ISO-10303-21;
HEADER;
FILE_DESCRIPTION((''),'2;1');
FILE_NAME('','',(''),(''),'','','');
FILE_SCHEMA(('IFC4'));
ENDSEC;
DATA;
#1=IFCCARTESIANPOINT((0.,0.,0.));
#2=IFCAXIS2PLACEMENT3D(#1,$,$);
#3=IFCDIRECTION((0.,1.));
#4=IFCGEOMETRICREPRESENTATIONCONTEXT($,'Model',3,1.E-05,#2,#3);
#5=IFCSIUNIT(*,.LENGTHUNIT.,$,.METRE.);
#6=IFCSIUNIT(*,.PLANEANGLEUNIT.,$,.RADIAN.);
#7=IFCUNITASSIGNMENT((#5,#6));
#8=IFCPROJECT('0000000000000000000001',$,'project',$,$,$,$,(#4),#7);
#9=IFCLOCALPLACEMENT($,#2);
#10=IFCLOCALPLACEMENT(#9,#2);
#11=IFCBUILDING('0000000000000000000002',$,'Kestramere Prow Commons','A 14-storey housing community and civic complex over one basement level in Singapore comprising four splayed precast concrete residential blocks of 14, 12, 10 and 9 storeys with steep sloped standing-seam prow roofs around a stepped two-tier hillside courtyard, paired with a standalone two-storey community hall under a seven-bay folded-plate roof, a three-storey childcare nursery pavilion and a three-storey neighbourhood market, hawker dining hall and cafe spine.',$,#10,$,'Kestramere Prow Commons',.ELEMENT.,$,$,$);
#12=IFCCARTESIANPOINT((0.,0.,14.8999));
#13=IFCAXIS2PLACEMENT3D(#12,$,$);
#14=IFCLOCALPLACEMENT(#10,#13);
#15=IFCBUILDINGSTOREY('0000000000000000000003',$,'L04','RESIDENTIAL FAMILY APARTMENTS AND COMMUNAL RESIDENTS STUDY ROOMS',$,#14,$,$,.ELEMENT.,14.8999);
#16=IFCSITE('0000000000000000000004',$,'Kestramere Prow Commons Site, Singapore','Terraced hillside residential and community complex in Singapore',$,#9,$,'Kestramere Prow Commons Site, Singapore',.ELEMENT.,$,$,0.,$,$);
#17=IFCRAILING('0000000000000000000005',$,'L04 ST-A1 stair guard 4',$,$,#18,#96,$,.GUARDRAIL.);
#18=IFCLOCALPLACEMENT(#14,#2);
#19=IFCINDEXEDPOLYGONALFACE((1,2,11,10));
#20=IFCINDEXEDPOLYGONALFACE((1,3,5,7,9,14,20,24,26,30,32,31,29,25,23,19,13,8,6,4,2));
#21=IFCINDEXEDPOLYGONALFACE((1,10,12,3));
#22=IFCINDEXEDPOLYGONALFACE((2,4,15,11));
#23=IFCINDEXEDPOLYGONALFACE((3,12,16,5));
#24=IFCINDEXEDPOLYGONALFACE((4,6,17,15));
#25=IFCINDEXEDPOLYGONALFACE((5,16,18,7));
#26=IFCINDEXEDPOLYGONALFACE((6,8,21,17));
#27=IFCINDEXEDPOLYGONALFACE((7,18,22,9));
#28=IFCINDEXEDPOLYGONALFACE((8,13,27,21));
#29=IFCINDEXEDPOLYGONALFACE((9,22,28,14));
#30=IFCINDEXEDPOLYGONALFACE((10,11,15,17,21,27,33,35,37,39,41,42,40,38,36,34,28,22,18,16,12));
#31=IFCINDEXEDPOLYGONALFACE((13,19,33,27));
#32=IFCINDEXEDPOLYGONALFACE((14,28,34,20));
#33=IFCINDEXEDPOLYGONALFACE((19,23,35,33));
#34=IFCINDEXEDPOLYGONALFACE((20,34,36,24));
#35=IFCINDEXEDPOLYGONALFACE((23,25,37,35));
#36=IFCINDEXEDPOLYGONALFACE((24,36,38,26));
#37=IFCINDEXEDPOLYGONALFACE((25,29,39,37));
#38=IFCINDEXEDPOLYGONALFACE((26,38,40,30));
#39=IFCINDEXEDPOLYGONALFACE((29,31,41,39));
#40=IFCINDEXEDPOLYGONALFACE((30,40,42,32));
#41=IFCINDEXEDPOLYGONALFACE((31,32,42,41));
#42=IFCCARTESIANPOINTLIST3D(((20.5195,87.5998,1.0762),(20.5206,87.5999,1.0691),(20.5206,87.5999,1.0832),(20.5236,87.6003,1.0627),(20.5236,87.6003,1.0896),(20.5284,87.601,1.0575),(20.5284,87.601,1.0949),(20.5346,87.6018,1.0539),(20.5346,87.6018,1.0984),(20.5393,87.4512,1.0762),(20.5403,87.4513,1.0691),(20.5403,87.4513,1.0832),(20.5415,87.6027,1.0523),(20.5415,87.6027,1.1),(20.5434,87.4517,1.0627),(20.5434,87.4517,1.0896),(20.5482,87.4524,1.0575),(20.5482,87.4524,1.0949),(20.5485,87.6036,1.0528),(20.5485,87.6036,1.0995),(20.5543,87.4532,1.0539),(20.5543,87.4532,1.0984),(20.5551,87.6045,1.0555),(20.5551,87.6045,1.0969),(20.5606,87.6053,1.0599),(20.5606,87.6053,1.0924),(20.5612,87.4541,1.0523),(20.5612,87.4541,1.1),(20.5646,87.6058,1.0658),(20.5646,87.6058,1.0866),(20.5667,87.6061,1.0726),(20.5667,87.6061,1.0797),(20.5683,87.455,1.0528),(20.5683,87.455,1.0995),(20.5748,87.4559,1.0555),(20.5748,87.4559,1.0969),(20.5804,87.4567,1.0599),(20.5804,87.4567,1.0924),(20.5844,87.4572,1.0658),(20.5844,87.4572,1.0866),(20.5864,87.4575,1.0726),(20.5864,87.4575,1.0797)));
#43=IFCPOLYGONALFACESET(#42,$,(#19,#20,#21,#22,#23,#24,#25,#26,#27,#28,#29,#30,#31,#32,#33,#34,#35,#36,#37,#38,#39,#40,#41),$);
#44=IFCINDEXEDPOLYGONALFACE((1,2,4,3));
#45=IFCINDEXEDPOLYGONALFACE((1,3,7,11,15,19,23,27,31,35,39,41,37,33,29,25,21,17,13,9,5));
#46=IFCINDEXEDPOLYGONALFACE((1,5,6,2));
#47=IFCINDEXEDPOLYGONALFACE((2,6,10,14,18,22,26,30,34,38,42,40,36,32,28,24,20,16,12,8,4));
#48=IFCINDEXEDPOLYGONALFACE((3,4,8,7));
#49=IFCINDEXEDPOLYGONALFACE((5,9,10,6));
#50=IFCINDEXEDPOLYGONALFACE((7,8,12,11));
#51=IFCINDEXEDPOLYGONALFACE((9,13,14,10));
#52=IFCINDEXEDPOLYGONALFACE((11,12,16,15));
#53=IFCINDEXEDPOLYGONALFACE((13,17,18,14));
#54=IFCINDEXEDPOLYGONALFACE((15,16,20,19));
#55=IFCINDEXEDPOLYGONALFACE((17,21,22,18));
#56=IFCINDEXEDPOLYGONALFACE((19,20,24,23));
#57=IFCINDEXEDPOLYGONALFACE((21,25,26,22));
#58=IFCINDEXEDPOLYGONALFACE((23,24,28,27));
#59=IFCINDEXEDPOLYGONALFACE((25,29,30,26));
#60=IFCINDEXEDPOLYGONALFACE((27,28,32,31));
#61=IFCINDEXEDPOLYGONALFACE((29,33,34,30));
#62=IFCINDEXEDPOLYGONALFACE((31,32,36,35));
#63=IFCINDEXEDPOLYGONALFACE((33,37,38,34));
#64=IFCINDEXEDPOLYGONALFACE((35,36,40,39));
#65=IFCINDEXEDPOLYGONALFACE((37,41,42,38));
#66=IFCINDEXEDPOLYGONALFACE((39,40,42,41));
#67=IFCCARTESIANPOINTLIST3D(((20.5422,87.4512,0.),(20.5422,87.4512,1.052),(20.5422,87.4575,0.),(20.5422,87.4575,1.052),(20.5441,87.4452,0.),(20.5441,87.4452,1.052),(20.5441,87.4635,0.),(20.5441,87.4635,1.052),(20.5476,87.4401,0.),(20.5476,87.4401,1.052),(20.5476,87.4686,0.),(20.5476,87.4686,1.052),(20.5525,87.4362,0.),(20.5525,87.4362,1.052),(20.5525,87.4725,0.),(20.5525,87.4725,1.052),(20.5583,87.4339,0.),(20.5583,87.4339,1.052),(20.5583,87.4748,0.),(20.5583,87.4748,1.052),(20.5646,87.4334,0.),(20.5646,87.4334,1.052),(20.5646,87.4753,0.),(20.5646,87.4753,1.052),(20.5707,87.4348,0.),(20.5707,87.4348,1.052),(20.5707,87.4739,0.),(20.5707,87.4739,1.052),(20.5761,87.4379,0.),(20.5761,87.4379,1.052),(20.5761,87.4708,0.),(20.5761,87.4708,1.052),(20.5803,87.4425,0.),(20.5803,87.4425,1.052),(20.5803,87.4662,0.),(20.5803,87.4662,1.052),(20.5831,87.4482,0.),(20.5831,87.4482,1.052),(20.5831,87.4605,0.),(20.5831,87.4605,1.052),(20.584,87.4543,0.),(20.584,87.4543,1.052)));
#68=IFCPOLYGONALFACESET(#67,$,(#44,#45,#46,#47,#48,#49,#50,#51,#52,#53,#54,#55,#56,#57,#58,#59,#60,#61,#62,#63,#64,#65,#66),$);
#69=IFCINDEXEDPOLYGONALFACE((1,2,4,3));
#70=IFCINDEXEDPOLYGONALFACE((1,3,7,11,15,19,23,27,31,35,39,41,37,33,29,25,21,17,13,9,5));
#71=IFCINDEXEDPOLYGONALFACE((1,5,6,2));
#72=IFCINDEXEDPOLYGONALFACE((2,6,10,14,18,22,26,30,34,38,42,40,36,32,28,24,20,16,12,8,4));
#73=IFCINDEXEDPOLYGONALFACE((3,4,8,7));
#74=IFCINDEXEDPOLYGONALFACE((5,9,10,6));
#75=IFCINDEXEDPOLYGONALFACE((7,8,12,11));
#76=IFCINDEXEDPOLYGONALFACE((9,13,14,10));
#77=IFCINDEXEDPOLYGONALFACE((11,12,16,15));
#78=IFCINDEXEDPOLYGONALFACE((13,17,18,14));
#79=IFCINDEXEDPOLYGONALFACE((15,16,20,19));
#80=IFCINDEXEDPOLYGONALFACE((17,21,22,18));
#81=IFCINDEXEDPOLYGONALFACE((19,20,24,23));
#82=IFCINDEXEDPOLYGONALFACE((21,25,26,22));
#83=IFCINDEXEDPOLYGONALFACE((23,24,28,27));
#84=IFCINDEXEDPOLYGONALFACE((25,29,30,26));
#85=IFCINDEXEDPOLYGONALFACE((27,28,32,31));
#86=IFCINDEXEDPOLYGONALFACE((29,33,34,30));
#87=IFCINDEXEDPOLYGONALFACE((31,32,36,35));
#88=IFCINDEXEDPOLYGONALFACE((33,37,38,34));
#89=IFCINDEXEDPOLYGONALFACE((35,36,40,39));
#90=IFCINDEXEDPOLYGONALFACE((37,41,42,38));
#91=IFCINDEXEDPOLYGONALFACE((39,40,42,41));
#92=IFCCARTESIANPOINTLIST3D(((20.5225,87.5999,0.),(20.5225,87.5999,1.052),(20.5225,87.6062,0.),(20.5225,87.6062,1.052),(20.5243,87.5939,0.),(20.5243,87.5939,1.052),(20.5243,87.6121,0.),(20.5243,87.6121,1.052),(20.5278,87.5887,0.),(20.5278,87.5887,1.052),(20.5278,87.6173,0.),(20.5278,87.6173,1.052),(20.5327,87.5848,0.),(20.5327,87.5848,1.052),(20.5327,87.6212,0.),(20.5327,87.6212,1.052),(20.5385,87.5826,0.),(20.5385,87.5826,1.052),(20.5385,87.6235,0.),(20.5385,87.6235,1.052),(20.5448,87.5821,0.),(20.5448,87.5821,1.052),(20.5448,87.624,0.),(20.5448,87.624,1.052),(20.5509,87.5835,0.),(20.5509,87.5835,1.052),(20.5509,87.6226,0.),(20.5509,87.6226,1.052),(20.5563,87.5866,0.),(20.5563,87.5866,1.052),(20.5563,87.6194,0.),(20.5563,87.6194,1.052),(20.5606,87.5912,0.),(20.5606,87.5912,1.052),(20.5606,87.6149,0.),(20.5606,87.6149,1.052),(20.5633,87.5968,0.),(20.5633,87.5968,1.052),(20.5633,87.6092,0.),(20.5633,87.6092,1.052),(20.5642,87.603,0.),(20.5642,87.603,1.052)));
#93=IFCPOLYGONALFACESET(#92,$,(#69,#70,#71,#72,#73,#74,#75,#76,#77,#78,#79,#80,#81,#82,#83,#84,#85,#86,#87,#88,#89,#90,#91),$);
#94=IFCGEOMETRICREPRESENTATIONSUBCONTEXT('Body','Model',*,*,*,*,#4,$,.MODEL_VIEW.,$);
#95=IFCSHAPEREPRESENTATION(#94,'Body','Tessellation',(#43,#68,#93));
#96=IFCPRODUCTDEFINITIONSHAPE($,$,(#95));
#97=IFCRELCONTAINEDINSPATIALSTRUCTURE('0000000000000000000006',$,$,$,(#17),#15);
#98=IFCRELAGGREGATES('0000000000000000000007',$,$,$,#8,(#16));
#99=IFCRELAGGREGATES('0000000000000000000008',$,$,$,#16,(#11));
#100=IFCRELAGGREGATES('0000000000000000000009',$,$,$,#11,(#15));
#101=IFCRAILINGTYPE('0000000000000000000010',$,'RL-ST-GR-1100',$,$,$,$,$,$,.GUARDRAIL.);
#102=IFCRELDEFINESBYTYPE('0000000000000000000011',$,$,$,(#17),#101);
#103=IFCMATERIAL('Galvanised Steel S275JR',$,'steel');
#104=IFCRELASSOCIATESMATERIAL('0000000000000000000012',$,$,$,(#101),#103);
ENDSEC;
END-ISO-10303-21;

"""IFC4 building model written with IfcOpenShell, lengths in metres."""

from ifc_helpers import new_model, si_unit, direction, frame, origin, origin_2d, place, context, subcontext, project, spatial, circle, extrude, material, type_object, element, save


model = new_model("IFC4")

# Units and contexts
model_context = context("Model", 3, precision=1e-05, world=origin(), true_north=direction((0.0, 1.0)))
body_context = subcontext(model_context, "Body", "Model", "MODEL_VIEW")
ifc_project = project(units=[si_unit("LENGTHUNIT", "METRE"), si_unit("PLANEANGLEUNIT", "RADIAN")], contexts=[model_context])

# Site, building, storey
site_placement = place(None, origin())
site = spatial("IfcSite", under=ifc_project, at=site_placement, Name="Kestramere Prow Commons Site, Singapore", Description="Terraced hillside residential and community complex in Singapore", LongName="Kestramere Prow Commons Site, Singapore", CompositionType="ELEMENT", RefElevation=0.0)
building_placement = place(site_placement, origin())
building = spatial("IfcBuilding", under=site, at=building_placement, Name="Kestramere Prow Commons", Description="A 14-storey housing community and civic complex over one basement level in Singapore comprising four splayed precast concrete residential blocks of 14, 12, 10 and 9 storeys with steep sloped standing-seam prow roofs around a stepped two-tier hillside courtyard, paired with a standalone two-storey community hall under a seven-bay folded-plate roof, a three-storey childcare nursery pavilion and a three-storey neighbourhood market, hawker dining hall and cafe spine.", LongName="Kestramere Prow Commons", CompositionType="ELEMENT")
storey_placement = place(building_placement, frame((0.0, 0.0, 14.8999)))
storey = spatial("IfcBuildingStorey", under=building, at=storey_placement, Name="L04", Description="RESIDENTIAL FAMILY APARTMENTS AND COMMUNAL RESIDENTS STUDY ROOMS", CompositionType="ELEMENT", Elevation=14.8999)

# Railing
ifc_material_1 = material(Name="Galvanised Steel S275JR", Category="steel")
railing_type_1 = type_object("IfcRailingType", Name="RL-ST-GR-1100", PredefinedType="GUARDRAIL", material=ifc_material_1)
railing_1_placement = place(storey_placement, frame((20.563, 87.4543, 0.0)))
element("IfcRailing", 1, at=railing_1_placement, inside=storey, type_object=railing_type_1, Name="L04 ST-A1 stair guard 4", PredefinedType="GUARDRAIL", context=body_context, shape_type="SweptSolid", body=[
    extrude(circle(Radius=0.0239, at=origin_2d()), frame((0.0, 0.0, 1.0762), z_axis=(-0.131844, 0.99127, 0.0), x_axis=(-0.99127, -0.131844, 0.0)), (0.0, 0.0, 1.0), 0.1499),
    extrude(circle(Radius=0.021, at=origin_2d()), origin(), (0.0, 0.0, 1.0), 1.052),
    extrude(circle(Radius=0.021, at=origin_2d()), frame((-0.0198, 0.1487, 0.0)), (0.0, 0.0, 1.0), 1.052),
])

save(model, "model.ifc")
